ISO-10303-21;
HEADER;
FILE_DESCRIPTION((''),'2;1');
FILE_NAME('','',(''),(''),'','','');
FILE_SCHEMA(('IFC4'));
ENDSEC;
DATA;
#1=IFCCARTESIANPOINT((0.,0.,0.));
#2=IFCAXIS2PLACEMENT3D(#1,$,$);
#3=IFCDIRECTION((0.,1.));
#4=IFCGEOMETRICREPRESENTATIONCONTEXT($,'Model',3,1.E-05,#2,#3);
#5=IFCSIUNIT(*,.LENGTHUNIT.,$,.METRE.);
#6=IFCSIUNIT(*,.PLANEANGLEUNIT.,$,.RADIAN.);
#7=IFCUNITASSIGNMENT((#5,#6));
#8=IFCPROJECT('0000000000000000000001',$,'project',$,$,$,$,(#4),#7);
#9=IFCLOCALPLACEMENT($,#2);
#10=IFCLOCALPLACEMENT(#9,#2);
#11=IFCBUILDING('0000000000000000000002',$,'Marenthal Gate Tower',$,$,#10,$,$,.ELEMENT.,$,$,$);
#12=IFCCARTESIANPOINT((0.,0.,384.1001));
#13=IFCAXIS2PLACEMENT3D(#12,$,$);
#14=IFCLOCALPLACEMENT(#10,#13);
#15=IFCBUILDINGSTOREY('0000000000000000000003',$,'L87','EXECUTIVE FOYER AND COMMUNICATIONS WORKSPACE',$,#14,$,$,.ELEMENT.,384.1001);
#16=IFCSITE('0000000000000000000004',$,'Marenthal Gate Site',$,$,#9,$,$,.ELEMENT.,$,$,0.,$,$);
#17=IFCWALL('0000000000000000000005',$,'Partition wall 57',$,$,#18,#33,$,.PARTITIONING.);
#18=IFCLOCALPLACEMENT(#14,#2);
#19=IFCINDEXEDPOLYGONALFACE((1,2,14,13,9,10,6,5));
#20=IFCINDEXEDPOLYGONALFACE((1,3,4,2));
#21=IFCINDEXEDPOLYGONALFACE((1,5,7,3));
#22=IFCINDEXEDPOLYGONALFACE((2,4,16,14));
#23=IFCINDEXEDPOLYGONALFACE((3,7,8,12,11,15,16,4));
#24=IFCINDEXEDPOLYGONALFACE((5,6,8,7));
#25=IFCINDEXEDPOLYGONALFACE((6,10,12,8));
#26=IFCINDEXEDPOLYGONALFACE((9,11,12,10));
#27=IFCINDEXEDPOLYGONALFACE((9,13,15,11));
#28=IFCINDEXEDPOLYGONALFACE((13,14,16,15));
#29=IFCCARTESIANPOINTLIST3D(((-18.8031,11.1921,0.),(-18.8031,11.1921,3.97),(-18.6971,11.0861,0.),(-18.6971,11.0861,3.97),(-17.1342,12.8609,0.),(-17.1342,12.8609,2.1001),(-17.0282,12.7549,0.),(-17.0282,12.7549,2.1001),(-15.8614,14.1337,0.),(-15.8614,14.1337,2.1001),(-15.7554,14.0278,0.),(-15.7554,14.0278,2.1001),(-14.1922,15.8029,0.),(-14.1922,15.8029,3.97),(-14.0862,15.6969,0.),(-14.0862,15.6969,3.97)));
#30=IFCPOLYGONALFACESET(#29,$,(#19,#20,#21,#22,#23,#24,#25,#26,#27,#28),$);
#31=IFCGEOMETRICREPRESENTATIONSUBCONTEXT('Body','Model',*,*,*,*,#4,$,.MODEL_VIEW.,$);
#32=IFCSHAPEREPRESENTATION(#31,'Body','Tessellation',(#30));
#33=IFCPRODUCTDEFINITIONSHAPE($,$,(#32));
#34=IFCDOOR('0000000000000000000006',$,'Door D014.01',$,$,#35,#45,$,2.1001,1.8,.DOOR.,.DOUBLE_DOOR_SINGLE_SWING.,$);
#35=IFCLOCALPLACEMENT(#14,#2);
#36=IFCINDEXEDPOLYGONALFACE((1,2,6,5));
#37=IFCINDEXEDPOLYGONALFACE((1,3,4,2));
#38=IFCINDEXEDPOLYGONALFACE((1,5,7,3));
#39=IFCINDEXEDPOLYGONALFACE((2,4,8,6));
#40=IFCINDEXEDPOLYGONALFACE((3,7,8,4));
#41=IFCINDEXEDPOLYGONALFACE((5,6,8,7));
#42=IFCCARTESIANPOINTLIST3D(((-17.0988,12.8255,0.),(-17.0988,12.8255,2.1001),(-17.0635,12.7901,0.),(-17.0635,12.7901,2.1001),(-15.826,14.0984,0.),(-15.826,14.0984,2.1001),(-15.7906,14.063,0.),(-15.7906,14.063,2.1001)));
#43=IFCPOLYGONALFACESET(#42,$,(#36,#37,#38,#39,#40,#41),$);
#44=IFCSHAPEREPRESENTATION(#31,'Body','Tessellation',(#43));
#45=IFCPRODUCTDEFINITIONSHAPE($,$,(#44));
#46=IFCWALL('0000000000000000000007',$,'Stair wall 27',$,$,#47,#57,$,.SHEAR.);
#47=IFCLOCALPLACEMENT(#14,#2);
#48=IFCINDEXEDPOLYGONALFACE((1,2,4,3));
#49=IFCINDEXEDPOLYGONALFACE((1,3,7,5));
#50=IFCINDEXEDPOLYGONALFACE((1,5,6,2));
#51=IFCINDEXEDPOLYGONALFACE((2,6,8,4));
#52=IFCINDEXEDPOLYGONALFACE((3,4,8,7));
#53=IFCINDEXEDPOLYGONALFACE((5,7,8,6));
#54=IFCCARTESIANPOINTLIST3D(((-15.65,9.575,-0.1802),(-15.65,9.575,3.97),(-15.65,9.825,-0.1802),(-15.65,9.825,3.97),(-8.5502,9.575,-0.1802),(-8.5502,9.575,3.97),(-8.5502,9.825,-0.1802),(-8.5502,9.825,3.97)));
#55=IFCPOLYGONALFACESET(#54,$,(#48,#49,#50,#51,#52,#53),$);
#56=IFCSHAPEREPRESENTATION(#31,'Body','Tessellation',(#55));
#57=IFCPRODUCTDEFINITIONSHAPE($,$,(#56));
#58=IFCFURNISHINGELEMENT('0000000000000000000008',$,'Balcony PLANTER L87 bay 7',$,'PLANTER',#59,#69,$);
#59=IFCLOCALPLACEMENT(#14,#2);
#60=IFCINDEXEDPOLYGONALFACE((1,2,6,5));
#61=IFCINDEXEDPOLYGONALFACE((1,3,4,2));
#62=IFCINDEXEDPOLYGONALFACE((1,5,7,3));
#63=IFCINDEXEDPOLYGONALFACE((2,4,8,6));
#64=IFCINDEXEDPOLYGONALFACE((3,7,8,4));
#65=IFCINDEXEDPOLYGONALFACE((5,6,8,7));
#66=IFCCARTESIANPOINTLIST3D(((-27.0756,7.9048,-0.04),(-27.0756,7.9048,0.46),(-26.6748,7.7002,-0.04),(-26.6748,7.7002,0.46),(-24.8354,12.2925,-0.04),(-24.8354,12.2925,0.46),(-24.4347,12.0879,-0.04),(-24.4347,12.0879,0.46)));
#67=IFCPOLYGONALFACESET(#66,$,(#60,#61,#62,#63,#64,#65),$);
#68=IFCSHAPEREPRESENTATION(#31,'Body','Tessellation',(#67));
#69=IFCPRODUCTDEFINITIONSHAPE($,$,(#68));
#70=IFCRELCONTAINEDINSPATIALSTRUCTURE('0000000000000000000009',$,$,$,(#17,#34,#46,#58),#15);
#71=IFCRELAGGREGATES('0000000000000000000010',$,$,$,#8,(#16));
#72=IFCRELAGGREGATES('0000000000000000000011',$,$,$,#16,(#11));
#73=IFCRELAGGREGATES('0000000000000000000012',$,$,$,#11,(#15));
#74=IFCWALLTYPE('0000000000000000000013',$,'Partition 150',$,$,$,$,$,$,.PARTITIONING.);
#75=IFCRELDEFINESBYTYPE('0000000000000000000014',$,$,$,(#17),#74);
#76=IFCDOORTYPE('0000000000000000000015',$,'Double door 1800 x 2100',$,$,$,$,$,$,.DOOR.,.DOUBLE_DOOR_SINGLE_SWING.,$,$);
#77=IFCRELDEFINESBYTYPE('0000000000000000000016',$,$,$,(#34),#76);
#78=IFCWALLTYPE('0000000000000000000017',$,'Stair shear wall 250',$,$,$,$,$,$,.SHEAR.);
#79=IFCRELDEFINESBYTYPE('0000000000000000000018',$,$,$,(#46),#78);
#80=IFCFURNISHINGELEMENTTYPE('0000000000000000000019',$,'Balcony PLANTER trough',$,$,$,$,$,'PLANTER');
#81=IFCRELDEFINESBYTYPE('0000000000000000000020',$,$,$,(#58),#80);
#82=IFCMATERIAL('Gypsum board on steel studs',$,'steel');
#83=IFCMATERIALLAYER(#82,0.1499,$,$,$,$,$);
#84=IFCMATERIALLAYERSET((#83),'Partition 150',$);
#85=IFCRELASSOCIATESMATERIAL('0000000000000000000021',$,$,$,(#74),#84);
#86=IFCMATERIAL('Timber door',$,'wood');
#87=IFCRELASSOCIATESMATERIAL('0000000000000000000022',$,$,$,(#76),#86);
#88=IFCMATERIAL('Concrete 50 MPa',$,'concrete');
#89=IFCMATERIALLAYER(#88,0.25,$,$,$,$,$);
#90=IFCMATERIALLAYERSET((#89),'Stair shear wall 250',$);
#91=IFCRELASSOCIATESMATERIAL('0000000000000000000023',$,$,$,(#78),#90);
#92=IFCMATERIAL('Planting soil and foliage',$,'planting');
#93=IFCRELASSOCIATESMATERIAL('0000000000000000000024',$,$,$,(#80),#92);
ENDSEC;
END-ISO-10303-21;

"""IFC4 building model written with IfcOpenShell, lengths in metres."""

from ifc_helpers import new_model, si_unit, direction, frame, frame_2d, origin, origin_2d, place, context, subcontext, project, spatial, rectangle, extrude, material, layer, layer_set, type_object, element, fill, save


model = new_model("IFC4")

# Units and contexts
model_context = context("Model", 3, precision=1e-05, world=origin(), true_north=direction((0.0, 1.0)))
body_context = subcontext(model_context, "Body", "Model", "MODEL_VIEW")
ifc_project = project(units=[si_unit("LENGTHUNIT", "METRE"), si_unit("PLANEANGLEUNIT", "RADIAN")], contexts=[model_context])

# Site, building, storey
site_placement = place(None, origin())
site = spatial("IfcSite", under=ifc_project, at=site_placement, Name="Marenthal Gate Site", CompositionType="ELEMENT", RefElevation=0.0)
building_placement = place(site_placement, origin())
building = spatial("IfcBuilding", under=site, at=building_placement, Name="Marenthal Gate Tower", CompositionType="ELEMENT")
storey_placement = place(building_placement, frame((0.0, 0.0, 384.1001)))
storey = spatial("IfcBuildingStorey", under=building, at=storey_placement, Name="L87", Description="EXECUTIVE FOYER AND COMMUNICATIONS WORKSPACE", CompositionType="ELEMENT", Elevation=384.1001)

# Wall, opening, door
ifc_material_1 = material(Name="Gypsum board on steel studs", Category="steel")
ifc_layer_1 = layer(ifc_material_1, 0.1499)
ifc_layer_set_1 = layer_set([ifc_layer_1], Name="Partition 150")
wall_type_1 = type_object("IfcWallType", Name="Partition 150", PredefinedType="PARTITIONING", material=ifc_layer_set_1)
wall_1_placement = place(storey_placement, frame((-18.75, 11.1392, 0.0), z_axis=(0.0, 0.0, 1.0), x_axis=(0.707107, 0.707107, 0.0)))
wall_1 = element("IfcWall", 1, at=wall_1_placement, inside=storey, type_object=wall_type_1, Name="Partition wall 57", PredefinedType="PARTITIONING", context=body_context, shape_type="SweptSolid", body=[
    extrude(rectangle(XDim=6.5208, YDim=0.1499, at=frame_2d((3.2603, 0.0))), origin(), (0.0, 0.0, 1.0), 3.97),
])
opening_1_placement = place(wall_1_placement, frame((2.3601, 0.0, 0.0)))
opening_1 = element("IfcOpeningElement", 2, at=opening_1_placement, cuts=wall_1, PredefinedType="OPENING", context=body_context, shape_type="SweptSolid", body=[
    extrude(rectangle(XDim=1.8, YDim=2.1001, at=frame_2d((0.8999, 1.05))), frame((0.0, 0.085, 0.0), z_axis=(0.0, -1.0, 0.0), x_axis=(1.0, 0.0, 0.0)), (0.0, 0.0, 1.0), 0.1699),
])
ifc_material_2 = material(Name="Timber door", Category="wood")
door_type_1 = type_object("IfcDoorType", Name="Double door 1800 x 2100", OperationType="DOUBLE_DOOR_SINGLE_SWING", PredefinedType="DOOR", material=ifc_material_2)
door_1_placement = place(opening_1_placement, origin())
door_1 = element("IfcDoor", 3, at=door_1_placement, inside=storey, type_object=door_type_1, Name="Door D014.01", OperationType="DOUBLE_DOOR_SINGLE_SWING", OverallHeight=2.1001, OverallWidth=1.8, PredefinedType="DOOR", context=body_context, shape_type="SweptSolid", body=[
    extrude(rectangle(XDim=1.8, YDim=2.1001, at=frame_2d((0.8999, 1.05))), frame((0.0, 0.0249, 0.0), z_axis=(0.0, -1.0, 0.0), x_axis=(1.0, 0.0, 0.0)), (0.0, 0.0, 1.0), 0.05),
])
fill(opening_1, door_1)

# Wall
ifc_material_3 = material(Name="Concrete 50 MPa", Category="concrete")
ifc_layer_2 = layer(ifc_material_3, 0.25)
ifc_layer_set_2 = layer_set([ifc_layer_2], Name="Stair shear wall 250")
wall_type_2 = type_object("IfcWallType", Name="Stair shear wall 250", PredefinedType="SHEAR", material=ifc_layer_set_2)
wall_2_placement = place(storey_placement, frame((-15.6499, 9.7, -0.1802), z_axis=(0.0, 0.0, 1.0), x_axis=(1.0, 0.0, 0.0)))
element("IfcWall", 4, at=wall_2_placement, inside=storey, type_object=wall_type_2, Name="Stair wall 27", PredefinedType="SHEAR", context=body_context, shape_type="SweptSolid", body=[
    extrude(rectangle(XDim=7.0999, YDim=0.25, at=frame_2d((3.5498, 0.0))), origin(), (0.0, 0.0, 1.0), 4.1501),
])

# Furnishing element
ifc_material_4 = material(Name="Planting soil and foliage", Category="planting")
furnishing_element_type = type_object("IfcFurnishingElementType", Name="Balcony PLANTER trough", ElementType="PLANTER", material=ifc_material_4)
furnishing_placement = place(storey_placement, frame((-25.7551, 9.9963, -0.04), z_axis=(0.0, 0.0, 1.0), x_axis=(-0.454706, -0.890642, 0.0)))
element("IfcFurnishingElement", 5, at=furnishing_placement, inside=storey, type_object=furnishing_element_type, Name="Balcony PLANTER L87 bay 7", ObjectType="PLANTER", context=body_context, shape_type="SweptSolid", body=[
    extrude(rectangle(XDim=4.9265, YDim=0.45, at=origin_2d()), origin(), (0.0, 0.0, 1.0), 0.5),
])

save(model, "model.ifc")
